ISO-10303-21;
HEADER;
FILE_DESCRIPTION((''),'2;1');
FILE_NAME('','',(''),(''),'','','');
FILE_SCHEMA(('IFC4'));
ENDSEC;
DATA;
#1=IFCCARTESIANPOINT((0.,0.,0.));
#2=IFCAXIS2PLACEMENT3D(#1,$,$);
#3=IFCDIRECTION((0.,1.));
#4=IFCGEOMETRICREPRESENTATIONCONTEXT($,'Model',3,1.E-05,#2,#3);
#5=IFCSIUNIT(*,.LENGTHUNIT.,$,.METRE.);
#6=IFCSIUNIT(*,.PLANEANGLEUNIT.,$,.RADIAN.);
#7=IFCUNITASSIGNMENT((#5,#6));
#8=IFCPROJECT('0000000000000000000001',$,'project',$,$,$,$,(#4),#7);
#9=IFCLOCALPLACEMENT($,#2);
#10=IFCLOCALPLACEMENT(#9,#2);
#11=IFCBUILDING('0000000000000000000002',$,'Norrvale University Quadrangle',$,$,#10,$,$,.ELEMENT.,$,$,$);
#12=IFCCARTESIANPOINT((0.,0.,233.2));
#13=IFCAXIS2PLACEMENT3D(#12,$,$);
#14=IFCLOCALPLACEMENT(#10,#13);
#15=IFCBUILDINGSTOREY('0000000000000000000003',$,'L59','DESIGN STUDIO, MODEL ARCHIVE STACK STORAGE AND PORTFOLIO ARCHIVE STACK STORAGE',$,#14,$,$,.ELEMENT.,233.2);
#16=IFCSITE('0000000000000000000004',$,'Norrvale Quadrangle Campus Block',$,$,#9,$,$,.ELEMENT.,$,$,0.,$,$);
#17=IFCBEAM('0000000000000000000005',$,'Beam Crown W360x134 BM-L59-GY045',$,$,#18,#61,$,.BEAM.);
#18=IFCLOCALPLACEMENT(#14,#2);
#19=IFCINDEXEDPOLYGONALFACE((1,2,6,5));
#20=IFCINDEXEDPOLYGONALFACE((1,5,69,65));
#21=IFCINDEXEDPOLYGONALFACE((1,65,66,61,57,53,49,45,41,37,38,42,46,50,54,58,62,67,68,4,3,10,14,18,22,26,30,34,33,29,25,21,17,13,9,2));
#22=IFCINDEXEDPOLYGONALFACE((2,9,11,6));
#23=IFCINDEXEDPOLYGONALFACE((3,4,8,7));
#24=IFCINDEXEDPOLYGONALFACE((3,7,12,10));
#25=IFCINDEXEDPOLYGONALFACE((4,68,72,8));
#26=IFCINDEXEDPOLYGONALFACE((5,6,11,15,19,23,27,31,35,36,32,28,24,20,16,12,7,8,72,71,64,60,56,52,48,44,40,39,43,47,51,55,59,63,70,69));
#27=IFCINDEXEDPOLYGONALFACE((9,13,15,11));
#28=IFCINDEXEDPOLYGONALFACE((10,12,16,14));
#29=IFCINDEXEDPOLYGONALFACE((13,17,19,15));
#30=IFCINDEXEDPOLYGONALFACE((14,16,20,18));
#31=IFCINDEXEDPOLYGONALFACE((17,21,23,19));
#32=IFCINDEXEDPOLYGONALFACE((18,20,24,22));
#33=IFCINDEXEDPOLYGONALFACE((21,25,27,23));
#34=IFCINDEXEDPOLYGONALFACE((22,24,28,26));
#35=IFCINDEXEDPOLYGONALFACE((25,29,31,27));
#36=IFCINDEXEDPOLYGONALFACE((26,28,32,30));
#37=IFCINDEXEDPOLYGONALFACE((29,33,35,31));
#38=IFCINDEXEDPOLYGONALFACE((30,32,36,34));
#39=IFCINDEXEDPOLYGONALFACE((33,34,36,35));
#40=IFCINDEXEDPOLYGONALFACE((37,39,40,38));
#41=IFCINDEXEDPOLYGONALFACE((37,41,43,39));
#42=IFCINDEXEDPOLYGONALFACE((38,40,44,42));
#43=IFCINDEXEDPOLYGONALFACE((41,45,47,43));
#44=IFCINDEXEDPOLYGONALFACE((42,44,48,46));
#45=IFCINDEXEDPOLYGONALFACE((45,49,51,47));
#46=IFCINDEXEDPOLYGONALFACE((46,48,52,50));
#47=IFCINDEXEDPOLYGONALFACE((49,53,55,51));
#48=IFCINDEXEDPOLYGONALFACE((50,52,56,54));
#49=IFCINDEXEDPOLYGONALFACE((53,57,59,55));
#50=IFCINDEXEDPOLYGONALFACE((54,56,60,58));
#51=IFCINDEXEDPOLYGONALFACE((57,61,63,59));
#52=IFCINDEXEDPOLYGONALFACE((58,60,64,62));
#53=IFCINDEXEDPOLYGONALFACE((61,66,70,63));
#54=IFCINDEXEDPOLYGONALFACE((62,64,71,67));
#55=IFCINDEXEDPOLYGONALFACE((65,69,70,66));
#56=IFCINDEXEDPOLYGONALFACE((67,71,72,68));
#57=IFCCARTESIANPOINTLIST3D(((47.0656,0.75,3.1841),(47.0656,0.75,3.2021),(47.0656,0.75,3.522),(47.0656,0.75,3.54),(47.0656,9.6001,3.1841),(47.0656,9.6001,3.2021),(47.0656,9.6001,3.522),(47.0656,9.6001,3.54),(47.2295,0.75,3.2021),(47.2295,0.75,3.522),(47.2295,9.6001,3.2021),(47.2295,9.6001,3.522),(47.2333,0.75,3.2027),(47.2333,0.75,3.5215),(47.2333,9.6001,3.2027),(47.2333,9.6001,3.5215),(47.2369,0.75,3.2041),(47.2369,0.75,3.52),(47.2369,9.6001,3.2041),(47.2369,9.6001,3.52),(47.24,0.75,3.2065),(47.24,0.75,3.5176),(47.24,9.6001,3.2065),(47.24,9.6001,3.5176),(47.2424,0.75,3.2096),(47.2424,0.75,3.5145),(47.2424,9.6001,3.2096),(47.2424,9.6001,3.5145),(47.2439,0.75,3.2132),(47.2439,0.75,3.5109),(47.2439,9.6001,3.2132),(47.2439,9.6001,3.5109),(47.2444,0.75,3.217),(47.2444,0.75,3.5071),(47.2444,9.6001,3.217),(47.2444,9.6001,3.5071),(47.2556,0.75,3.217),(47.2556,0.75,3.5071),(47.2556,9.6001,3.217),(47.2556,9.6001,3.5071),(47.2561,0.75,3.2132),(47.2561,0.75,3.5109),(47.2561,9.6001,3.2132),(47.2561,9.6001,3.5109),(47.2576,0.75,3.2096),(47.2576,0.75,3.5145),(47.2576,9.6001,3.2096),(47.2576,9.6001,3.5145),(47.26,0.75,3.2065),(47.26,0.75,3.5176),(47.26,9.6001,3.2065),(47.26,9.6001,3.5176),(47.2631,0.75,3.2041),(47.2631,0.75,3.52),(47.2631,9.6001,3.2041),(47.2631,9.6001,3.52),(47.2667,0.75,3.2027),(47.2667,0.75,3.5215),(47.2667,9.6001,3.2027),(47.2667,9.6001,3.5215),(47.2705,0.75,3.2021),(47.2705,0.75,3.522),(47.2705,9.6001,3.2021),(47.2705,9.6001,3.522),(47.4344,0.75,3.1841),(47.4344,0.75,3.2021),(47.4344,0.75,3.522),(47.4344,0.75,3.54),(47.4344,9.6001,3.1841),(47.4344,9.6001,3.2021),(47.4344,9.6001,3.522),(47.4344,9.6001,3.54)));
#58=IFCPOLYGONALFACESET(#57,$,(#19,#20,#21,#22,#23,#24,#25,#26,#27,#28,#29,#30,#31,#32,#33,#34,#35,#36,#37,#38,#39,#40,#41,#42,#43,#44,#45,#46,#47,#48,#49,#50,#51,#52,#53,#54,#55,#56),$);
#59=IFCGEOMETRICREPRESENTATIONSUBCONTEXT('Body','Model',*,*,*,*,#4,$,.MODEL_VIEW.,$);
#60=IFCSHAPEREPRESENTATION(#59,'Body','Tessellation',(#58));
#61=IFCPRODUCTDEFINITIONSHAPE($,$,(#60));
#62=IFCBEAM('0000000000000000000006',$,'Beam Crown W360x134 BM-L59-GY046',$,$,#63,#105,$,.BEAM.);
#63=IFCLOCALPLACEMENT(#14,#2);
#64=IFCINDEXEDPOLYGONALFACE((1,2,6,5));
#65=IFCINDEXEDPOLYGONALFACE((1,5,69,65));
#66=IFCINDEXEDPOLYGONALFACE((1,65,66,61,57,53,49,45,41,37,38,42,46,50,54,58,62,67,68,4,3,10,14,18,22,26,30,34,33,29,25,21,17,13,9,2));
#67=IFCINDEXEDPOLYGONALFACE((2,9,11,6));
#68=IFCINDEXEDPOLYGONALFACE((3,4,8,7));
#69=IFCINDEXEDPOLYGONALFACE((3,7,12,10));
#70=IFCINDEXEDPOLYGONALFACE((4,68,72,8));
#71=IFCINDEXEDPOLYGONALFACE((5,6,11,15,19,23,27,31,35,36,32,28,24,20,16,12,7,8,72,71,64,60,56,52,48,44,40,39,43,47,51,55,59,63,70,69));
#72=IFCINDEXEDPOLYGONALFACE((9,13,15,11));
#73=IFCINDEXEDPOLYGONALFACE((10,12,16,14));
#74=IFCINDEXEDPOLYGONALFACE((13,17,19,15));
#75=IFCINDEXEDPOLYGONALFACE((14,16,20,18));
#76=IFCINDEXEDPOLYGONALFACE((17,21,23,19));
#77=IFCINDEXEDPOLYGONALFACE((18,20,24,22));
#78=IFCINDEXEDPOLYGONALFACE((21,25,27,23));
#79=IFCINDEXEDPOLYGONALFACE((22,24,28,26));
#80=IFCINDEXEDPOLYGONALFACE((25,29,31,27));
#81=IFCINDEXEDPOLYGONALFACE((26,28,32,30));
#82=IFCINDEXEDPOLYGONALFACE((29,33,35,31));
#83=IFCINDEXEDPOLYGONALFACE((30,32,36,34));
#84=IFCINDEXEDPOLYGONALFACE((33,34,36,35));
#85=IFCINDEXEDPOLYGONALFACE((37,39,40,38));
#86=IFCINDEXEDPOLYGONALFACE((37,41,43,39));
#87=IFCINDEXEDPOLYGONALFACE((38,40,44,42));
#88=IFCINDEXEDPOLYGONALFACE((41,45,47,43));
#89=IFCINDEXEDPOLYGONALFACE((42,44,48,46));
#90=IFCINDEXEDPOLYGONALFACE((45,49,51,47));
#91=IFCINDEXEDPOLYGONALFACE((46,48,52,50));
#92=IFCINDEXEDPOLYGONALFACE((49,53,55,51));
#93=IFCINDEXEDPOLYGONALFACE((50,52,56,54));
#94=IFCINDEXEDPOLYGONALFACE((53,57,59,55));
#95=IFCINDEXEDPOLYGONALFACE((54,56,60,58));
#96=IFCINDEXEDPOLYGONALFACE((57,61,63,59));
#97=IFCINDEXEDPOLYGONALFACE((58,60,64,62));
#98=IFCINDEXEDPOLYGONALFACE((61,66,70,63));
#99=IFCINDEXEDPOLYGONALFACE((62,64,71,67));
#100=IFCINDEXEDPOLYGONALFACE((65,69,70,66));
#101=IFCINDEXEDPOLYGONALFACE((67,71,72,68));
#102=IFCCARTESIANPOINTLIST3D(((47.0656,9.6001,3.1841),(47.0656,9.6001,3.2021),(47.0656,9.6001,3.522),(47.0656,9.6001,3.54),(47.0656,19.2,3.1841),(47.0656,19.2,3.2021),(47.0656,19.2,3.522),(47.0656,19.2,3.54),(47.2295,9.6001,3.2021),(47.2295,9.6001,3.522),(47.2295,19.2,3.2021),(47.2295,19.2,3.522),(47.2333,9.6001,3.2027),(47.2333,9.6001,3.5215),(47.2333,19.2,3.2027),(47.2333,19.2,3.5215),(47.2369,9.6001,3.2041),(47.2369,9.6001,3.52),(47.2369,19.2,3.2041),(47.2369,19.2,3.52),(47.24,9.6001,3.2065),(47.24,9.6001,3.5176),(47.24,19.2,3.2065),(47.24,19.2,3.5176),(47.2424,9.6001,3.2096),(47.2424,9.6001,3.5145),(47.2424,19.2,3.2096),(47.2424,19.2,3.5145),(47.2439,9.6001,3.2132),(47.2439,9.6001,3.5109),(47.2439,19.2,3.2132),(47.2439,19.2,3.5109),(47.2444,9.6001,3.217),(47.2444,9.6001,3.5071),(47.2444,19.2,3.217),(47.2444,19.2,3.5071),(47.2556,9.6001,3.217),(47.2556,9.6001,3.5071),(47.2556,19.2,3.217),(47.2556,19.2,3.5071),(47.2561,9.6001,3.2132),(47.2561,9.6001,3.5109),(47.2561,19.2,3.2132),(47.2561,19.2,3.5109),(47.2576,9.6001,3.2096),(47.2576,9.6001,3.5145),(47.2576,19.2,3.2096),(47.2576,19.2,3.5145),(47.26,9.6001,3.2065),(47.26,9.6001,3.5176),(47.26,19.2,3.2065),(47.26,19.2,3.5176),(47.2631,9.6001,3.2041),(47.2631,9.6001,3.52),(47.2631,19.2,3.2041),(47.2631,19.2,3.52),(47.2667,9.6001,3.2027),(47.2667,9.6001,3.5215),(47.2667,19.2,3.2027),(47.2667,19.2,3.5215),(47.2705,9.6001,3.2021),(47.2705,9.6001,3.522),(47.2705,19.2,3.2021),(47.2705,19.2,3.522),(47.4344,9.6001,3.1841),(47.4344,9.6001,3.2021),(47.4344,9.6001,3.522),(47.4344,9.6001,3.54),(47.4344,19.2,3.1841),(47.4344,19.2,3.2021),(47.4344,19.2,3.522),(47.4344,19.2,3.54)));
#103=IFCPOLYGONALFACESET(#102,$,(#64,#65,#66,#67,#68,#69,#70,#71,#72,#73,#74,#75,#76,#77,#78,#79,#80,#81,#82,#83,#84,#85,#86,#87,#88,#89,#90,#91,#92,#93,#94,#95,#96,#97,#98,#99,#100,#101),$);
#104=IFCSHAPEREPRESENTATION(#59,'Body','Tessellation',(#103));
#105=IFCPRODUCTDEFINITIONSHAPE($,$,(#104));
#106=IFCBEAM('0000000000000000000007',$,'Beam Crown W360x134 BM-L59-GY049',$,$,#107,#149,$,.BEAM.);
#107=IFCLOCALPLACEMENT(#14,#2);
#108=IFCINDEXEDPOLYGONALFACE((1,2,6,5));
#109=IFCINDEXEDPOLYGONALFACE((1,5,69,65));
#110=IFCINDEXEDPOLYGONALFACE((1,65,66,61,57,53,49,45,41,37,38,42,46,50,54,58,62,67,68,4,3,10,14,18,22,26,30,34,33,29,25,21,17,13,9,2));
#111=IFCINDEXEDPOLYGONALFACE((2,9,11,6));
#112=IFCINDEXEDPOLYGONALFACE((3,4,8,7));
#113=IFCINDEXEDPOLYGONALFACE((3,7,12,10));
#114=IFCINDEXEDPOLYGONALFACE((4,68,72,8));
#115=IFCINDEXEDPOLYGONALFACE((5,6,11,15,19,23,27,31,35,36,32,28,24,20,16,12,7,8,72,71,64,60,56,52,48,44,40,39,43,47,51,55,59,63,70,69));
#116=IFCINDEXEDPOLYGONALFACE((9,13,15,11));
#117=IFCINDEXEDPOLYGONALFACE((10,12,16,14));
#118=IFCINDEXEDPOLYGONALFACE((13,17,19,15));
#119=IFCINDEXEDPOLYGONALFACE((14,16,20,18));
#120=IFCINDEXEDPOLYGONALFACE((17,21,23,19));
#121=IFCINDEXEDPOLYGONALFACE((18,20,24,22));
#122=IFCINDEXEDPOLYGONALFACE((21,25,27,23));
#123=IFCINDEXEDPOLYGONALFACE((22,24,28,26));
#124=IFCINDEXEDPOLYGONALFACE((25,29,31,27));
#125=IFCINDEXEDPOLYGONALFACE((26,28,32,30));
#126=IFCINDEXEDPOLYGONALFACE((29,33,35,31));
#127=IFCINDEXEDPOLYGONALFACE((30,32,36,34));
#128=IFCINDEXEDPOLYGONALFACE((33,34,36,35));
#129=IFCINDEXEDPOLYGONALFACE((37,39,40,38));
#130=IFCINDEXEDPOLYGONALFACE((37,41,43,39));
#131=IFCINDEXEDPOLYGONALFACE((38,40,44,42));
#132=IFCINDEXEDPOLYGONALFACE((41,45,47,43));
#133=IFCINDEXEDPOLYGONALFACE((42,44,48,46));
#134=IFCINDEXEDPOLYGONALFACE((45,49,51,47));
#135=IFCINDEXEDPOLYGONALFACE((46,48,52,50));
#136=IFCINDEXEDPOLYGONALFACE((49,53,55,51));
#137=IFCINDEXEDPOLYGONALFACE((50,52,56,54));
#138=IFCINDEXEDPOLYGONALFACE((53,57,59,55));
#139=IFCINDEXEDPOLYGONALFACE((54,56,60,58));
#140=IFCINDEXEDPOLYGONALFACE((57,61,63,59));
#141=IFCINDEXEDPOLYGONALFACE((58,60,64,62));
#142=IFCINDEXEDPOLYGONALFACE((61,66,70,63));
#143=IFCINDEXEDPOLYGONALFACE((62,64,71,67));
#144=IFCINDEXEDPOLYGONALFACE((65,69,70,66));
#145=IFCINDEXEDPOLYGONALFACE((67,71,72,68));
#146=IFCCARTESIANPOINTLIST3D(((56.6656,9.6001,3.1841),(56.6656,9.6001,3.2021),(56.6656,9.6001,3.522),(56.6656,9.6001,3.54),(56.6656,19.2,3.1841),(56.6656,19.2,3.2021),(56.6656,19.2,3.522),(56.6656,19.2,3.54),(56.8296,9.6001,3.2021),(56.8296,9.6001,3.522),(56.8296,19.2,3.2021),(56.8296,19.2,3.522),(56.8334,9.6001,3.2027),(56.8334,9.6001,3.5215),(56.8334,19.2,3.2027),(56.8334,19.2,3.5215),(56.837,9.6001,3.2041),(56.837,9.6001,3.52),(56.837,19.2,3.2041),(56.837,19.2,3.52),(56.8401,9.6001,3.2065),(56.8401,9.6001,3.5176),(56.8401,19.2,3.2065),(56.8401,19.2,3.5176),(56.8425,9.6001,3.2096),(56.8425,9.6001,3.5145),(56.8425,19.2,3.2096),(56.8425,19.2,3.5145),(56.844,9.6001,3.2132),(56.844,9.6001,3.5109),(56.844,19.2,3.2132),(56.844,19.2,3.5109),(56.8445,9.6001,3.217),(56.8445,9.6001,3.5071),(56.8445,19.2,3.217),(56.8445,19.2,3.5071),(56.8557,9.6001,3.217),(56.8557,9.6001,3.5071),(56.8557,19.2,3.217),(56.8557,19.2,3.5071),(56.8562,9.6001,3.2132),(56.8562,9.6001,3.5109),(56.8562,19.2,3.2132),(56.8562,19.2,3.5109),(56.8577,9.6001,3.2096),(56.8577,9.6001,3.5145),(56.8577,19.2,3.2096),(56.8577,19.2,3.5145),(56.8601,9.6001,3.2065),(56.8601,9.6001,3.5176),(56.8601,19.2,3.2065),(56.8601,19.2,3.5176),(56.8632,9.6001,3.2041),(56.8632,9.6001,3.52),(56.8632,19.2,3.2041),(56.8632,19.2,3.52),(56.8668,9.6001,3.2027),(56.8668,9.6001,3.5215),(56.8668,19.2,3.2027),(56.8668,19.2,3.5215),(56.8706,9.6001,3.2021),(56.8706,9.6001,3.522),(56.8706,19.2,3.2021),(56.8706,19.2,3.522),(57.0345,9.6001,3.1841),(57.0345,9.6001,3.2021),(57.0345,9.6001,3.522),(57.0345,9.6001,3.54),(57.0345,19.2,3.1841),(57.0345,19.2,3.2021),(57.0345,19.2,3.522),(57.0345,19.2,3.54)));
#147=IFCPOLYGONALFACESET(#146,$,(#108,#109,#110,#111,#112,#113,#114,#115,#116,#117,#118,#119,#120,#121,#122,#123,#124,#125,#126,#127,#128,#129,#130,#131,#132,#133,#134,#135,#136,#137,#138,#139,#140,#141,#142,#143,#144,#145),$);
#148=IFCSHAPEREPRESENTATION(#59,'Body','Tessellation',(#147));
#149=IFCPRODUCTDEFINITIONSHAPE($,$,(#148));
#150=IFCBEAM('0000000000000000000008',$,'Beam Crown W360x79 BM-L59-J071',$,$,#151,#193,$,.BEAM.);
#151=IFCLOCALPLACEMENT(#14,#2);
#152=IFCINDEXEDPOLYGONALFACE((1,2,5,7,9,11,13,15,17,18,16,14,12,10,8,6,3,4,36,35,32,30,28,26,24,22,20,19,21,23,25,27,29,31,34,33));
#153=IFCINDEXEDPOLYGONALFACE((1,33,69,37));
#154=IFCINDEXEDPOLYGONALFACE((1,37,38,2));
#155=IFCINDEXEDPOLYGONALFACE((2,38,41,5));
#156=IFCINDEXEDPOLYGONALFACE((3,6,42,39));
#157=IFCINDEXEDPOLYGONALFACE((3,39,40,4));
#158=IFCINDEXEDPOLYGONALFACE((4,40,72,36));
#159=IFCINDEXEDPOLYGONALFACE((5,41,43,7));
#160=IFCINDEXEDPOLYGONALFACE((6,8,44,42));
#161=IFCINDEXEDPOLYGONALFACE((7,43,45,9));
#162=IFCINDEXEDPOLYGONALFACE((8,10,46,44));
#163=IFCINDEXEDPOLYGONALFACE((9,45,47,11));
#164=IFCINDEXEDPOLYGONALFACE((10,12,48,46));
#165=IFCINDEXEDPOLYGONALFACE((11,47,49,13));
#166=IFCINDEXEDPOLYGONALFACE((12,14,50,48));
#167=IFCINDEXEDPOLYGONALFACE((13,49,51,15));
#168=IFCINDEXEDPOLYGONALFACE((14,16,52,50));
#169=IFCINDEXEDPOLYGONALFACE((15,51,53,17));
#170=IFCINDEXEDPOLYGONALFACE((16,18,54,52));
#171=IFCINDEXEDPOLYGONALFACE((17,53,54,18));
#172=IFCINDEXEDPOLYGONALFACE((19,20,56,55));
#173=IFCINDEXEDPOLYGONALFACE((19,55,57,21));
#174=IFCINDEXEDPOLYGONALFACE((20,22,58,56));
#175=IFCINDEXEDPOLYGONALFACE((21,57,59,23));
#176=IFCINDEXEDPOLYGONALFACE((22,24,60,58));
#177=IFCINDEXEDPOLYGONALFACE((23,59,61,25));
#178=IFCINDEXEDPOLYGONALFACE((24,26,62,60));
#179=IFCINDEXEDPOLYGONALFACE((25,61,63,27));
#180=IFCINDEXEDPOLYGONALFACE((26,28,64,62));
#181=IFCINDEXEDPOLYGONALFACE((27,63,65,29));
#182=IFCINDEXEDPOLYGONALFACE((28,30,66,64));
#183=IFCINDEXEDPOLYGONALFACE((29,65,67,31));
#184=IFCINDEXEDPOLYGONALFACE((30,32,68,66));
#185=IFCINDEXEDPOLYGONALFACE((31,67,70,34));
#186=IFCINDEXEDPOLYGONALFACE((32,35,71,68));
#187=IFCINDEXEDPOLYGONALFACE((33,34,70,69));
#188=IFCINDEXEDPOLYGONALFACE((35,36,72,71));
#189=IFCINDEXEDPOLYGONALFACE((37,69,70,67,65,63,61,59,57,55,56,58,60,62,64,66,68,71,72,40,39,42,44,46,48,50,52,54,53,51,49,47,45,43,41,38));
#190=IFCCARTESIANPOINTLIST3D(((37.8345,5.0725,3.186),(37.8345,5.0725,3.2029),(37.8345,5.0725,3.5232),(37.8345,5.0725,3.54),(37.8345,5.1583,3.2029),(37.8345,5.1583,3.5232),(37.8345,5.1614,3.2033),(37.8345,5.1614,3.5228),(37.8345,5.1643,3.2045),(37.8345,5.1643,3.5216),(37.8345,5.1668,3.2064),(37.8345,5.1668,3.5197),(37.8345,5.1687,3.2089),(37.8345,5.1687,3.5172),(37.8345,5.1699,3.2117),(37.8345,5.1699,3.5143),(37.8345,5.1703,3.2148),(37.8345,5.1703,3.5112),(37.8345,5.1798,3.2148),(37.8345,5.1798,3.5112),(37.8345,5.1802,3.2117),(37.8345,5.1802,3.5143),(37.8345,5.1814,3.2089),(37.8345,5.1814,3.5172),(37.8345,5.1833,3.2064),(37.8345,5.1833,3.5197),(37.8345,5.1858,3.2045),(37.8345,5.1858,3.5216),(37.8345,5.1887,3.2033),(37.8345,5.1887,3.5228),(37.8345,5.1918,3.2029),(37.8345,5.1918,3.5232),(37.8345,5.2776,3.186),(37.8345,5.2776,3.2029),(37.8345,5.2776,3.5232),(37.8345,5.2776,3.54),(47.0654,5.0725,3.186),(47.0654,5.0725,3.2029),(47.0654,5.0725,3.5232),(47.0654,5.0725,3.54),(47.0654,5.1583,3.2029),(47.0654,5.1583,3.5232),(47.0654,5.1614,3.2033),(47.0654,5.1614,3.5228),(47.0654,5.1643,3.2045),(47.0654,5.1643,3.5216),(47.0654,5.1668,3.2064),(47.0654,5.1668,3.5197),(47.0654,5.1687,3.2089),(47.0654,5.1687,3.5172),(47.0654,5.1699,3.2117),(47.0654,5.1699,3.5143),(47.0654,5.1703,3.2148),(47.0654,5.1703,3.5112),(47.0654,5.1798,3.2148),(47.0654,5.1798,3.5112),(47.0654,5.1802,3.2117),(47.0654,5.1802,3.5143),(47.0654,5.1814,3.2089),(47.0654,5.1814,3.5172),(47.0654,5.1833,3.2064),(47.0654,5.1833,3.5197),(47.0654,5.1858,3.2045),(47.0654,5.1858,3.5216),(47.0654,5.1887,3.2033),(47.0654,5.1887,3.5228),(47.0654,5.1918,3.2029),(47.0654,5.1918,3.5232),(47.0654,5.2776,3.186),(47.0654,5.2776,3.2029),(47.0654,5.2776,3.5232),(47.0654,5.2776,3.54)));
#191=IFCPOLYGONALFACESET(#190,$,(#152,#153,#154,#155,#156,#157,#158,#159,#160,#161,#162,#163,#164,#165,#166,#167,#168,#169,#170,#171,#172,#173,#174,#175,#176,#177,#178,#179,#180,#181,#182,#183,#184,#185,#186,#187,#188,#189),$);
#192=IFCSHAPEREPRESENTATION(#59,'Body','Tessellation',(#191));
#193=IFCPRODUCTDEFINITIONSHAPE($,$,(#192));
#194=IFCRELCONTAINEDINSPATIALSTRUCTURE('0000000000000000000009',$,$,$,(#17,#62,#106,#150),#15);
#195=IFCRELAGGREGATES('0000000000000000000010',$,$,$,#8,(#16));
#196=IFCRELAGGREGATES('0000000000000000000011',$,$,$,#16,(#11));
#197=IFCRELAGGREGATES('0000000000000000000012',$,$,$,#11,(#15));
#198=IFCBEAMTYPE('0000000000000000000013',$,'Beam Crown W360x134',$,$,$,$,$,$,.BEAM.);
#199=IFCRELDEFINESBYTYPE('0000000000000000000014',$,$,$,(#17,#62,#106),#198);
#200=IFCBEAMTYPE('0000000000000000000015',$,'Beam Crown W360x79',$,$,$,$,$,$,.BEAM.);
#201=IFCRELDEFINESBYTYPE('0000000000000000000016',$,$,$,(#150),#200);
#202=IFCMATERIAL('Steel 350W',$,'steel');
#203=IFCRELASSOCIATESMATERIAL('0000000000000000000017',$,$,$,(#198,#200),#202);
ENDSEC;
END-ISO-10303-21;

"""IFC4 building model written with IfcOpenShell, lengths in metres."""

from ifc_helpers import new_model, si_unit, direction, frame, origin, origin_2d, place, context, subcontext, project, spatial, i_section, extrude, material, material_profile, profile_set, type_object, element, save


model = new_model("IFC4")

# Units and contexts
model_context = context("Model", 3, precision=1e-05, world=origin(), true_north=direction((0.0, 1.0)))
body_context = subcontext(model_context, "Body", "Model", "MODEL_VIEW")
ifc_project = project(units=[si_unit("LENGTHUNIT", "METRE"), si_unit("PLANEANGLEUNIT", "RADIAN")], contexts=[model_context])

# Site, building, storey
site_placement = place(None, origin())
site = spatial("IfcSite", under=ifc_project, at=site_placement, Name="Norrvale Quadrangle Campus Block", CompositionType="ELEMENT", RefElevation=0.0)
building_placement = place(site_placement, origin())
building = spatial("IfcBuilding", under=site, at=building_placement, Name="Norrvale University Quadrangle", CompositionType="ELEMENT")
storey_placement = place(building_placement, frame((0.0, 0.0, 233.2)))
storey = spatial("IfcBuildingStorey", under=building, at=storey_placement, Name="L59", Description="DESIGN STUDIO, MODEL ARCHIVE STACK STORAGE AND PORTFOLIO ARCHIVE STACK STORAGE", CompositionType="ELEMENT", Elevation=233.2)

# Beams
ifc_material_1 = material(Name="Steel 350W", Category="steel")
ifc_material_profile_1 = material_profile(ifc_material_1, i_section(OverallWidth=0.3689, OverallDepth=0.356, WebThickness=0.0112, FlangeThickness=0.0181, FilletRadius=0.0149, at=origin_2d()), Name="Steel 350W")
ifc_profile_set_1 = profile_set([ifc_material_profile_1], Name="Steel 350W")
beam_type_1 = type_object("IfcBeamType", Name="Beam Crown W360x134", PredefinedType="BEAM", material=ifc_profile_set_1)
beam_placement = place(storey_placement, frame((47.25, 0.75, 3.3621), z_axis=(0.0, 1.0, 0.0), x_axis=(-1.0, 0.0, 0.0)))
element("IfcBeam", 1, at=beam_placement, inside=storey, type_object=beam_type_1, Name="Beam Crown W360x134 BM-L59-GY045", PredefinedType="BEAM", context=body_context, shape_type="SweptSolid", body=[
    extrude(i_section(OverallWidth=0.3689, OverallDepth=0.356, WebThickness=0.0112, FlangeThickness=0.0181, FilletRadius=0.0149, at=origin_2d()), origin(), (0.0, 0.0, 1.0), 8.8501),
])
for number, where, z_axis, x_axis, name in (
    (2, (47.25, 9.6001, 3.3621), (0.0, 1.0, 0.0), (-1.0, 0.0, 0.0), "Beam Crown W360x134 BM-L59-GY046"),
    (3, (56.8501, 9.6001, 3.3621), (0.0, 1.0, 0.0), (-1.0, 0.0, 0.0), "Beam Crown W360x134 BM-L59-GY049"),
):
    element("IfcBeam", number, at=place(storey_placement, frame(where, z_axis=z_axis, x_axis=x_axis)), inside=storey, type_object=beam_type_1, Name=name, PredefinedType="BEAM", context=body_context, shape_type="SweptSolid", body=[
        extrude(i_section(OverallWidth=0.3689, OverallDepth=0.356, WebThickness=0.0112, FlangeThickness=0.0181, FilletRadius=0.0149, at=origin_2d()), origin(), (0.0, 0.0, 1.0), 9.5999),
    ])
ifc_material_profile_2 = material_profile(ifc_material_1, i_section(OverallWidth=0.2051, OverallDepth=0.354, WebThickness=0.0095, FlangeThickness=0.0168, FilletRadius=0.012, at=origin_2d()), Name="Steel 350W")
ifc_profile_set_2 = profile_set([ifc_material_profile_2], Name="Steel 350W")
beam_type_2 = type_object("IfcBeamType", Name="Beam Crown W360x79", PredefinedType="BEAM", material=ifc_profile_set_2)
for number, where, z_axis, x_axis, name in (
    (4, (37.8345, 5.175, 3.363), (1.0, 0.0, 0.0), (0.0, 1.0, 0.0), "Beam Crown W360x79 BM-L59-J071"),
):
    element("IfcBeam", number, at=place(storey_placement, frame(where, z_axis=z_axis, x_axis=x_axis)), inside=storey, type_object=beam_type_2, Name=name, PredefinedType="BEAM", context=body_context, shape_type="SweptSolid", body=[
        extrude(i_section(OverallWidth=0.2051, OverallDepth=0.354, WebThickness=0.0095, FlangeThickness=0.0168, FilletRadius=0.012, at=origin_2d()), origin(), (0.0, 0.0, 1.0), 9.231),
    ])

save(model, "model.ifc")
